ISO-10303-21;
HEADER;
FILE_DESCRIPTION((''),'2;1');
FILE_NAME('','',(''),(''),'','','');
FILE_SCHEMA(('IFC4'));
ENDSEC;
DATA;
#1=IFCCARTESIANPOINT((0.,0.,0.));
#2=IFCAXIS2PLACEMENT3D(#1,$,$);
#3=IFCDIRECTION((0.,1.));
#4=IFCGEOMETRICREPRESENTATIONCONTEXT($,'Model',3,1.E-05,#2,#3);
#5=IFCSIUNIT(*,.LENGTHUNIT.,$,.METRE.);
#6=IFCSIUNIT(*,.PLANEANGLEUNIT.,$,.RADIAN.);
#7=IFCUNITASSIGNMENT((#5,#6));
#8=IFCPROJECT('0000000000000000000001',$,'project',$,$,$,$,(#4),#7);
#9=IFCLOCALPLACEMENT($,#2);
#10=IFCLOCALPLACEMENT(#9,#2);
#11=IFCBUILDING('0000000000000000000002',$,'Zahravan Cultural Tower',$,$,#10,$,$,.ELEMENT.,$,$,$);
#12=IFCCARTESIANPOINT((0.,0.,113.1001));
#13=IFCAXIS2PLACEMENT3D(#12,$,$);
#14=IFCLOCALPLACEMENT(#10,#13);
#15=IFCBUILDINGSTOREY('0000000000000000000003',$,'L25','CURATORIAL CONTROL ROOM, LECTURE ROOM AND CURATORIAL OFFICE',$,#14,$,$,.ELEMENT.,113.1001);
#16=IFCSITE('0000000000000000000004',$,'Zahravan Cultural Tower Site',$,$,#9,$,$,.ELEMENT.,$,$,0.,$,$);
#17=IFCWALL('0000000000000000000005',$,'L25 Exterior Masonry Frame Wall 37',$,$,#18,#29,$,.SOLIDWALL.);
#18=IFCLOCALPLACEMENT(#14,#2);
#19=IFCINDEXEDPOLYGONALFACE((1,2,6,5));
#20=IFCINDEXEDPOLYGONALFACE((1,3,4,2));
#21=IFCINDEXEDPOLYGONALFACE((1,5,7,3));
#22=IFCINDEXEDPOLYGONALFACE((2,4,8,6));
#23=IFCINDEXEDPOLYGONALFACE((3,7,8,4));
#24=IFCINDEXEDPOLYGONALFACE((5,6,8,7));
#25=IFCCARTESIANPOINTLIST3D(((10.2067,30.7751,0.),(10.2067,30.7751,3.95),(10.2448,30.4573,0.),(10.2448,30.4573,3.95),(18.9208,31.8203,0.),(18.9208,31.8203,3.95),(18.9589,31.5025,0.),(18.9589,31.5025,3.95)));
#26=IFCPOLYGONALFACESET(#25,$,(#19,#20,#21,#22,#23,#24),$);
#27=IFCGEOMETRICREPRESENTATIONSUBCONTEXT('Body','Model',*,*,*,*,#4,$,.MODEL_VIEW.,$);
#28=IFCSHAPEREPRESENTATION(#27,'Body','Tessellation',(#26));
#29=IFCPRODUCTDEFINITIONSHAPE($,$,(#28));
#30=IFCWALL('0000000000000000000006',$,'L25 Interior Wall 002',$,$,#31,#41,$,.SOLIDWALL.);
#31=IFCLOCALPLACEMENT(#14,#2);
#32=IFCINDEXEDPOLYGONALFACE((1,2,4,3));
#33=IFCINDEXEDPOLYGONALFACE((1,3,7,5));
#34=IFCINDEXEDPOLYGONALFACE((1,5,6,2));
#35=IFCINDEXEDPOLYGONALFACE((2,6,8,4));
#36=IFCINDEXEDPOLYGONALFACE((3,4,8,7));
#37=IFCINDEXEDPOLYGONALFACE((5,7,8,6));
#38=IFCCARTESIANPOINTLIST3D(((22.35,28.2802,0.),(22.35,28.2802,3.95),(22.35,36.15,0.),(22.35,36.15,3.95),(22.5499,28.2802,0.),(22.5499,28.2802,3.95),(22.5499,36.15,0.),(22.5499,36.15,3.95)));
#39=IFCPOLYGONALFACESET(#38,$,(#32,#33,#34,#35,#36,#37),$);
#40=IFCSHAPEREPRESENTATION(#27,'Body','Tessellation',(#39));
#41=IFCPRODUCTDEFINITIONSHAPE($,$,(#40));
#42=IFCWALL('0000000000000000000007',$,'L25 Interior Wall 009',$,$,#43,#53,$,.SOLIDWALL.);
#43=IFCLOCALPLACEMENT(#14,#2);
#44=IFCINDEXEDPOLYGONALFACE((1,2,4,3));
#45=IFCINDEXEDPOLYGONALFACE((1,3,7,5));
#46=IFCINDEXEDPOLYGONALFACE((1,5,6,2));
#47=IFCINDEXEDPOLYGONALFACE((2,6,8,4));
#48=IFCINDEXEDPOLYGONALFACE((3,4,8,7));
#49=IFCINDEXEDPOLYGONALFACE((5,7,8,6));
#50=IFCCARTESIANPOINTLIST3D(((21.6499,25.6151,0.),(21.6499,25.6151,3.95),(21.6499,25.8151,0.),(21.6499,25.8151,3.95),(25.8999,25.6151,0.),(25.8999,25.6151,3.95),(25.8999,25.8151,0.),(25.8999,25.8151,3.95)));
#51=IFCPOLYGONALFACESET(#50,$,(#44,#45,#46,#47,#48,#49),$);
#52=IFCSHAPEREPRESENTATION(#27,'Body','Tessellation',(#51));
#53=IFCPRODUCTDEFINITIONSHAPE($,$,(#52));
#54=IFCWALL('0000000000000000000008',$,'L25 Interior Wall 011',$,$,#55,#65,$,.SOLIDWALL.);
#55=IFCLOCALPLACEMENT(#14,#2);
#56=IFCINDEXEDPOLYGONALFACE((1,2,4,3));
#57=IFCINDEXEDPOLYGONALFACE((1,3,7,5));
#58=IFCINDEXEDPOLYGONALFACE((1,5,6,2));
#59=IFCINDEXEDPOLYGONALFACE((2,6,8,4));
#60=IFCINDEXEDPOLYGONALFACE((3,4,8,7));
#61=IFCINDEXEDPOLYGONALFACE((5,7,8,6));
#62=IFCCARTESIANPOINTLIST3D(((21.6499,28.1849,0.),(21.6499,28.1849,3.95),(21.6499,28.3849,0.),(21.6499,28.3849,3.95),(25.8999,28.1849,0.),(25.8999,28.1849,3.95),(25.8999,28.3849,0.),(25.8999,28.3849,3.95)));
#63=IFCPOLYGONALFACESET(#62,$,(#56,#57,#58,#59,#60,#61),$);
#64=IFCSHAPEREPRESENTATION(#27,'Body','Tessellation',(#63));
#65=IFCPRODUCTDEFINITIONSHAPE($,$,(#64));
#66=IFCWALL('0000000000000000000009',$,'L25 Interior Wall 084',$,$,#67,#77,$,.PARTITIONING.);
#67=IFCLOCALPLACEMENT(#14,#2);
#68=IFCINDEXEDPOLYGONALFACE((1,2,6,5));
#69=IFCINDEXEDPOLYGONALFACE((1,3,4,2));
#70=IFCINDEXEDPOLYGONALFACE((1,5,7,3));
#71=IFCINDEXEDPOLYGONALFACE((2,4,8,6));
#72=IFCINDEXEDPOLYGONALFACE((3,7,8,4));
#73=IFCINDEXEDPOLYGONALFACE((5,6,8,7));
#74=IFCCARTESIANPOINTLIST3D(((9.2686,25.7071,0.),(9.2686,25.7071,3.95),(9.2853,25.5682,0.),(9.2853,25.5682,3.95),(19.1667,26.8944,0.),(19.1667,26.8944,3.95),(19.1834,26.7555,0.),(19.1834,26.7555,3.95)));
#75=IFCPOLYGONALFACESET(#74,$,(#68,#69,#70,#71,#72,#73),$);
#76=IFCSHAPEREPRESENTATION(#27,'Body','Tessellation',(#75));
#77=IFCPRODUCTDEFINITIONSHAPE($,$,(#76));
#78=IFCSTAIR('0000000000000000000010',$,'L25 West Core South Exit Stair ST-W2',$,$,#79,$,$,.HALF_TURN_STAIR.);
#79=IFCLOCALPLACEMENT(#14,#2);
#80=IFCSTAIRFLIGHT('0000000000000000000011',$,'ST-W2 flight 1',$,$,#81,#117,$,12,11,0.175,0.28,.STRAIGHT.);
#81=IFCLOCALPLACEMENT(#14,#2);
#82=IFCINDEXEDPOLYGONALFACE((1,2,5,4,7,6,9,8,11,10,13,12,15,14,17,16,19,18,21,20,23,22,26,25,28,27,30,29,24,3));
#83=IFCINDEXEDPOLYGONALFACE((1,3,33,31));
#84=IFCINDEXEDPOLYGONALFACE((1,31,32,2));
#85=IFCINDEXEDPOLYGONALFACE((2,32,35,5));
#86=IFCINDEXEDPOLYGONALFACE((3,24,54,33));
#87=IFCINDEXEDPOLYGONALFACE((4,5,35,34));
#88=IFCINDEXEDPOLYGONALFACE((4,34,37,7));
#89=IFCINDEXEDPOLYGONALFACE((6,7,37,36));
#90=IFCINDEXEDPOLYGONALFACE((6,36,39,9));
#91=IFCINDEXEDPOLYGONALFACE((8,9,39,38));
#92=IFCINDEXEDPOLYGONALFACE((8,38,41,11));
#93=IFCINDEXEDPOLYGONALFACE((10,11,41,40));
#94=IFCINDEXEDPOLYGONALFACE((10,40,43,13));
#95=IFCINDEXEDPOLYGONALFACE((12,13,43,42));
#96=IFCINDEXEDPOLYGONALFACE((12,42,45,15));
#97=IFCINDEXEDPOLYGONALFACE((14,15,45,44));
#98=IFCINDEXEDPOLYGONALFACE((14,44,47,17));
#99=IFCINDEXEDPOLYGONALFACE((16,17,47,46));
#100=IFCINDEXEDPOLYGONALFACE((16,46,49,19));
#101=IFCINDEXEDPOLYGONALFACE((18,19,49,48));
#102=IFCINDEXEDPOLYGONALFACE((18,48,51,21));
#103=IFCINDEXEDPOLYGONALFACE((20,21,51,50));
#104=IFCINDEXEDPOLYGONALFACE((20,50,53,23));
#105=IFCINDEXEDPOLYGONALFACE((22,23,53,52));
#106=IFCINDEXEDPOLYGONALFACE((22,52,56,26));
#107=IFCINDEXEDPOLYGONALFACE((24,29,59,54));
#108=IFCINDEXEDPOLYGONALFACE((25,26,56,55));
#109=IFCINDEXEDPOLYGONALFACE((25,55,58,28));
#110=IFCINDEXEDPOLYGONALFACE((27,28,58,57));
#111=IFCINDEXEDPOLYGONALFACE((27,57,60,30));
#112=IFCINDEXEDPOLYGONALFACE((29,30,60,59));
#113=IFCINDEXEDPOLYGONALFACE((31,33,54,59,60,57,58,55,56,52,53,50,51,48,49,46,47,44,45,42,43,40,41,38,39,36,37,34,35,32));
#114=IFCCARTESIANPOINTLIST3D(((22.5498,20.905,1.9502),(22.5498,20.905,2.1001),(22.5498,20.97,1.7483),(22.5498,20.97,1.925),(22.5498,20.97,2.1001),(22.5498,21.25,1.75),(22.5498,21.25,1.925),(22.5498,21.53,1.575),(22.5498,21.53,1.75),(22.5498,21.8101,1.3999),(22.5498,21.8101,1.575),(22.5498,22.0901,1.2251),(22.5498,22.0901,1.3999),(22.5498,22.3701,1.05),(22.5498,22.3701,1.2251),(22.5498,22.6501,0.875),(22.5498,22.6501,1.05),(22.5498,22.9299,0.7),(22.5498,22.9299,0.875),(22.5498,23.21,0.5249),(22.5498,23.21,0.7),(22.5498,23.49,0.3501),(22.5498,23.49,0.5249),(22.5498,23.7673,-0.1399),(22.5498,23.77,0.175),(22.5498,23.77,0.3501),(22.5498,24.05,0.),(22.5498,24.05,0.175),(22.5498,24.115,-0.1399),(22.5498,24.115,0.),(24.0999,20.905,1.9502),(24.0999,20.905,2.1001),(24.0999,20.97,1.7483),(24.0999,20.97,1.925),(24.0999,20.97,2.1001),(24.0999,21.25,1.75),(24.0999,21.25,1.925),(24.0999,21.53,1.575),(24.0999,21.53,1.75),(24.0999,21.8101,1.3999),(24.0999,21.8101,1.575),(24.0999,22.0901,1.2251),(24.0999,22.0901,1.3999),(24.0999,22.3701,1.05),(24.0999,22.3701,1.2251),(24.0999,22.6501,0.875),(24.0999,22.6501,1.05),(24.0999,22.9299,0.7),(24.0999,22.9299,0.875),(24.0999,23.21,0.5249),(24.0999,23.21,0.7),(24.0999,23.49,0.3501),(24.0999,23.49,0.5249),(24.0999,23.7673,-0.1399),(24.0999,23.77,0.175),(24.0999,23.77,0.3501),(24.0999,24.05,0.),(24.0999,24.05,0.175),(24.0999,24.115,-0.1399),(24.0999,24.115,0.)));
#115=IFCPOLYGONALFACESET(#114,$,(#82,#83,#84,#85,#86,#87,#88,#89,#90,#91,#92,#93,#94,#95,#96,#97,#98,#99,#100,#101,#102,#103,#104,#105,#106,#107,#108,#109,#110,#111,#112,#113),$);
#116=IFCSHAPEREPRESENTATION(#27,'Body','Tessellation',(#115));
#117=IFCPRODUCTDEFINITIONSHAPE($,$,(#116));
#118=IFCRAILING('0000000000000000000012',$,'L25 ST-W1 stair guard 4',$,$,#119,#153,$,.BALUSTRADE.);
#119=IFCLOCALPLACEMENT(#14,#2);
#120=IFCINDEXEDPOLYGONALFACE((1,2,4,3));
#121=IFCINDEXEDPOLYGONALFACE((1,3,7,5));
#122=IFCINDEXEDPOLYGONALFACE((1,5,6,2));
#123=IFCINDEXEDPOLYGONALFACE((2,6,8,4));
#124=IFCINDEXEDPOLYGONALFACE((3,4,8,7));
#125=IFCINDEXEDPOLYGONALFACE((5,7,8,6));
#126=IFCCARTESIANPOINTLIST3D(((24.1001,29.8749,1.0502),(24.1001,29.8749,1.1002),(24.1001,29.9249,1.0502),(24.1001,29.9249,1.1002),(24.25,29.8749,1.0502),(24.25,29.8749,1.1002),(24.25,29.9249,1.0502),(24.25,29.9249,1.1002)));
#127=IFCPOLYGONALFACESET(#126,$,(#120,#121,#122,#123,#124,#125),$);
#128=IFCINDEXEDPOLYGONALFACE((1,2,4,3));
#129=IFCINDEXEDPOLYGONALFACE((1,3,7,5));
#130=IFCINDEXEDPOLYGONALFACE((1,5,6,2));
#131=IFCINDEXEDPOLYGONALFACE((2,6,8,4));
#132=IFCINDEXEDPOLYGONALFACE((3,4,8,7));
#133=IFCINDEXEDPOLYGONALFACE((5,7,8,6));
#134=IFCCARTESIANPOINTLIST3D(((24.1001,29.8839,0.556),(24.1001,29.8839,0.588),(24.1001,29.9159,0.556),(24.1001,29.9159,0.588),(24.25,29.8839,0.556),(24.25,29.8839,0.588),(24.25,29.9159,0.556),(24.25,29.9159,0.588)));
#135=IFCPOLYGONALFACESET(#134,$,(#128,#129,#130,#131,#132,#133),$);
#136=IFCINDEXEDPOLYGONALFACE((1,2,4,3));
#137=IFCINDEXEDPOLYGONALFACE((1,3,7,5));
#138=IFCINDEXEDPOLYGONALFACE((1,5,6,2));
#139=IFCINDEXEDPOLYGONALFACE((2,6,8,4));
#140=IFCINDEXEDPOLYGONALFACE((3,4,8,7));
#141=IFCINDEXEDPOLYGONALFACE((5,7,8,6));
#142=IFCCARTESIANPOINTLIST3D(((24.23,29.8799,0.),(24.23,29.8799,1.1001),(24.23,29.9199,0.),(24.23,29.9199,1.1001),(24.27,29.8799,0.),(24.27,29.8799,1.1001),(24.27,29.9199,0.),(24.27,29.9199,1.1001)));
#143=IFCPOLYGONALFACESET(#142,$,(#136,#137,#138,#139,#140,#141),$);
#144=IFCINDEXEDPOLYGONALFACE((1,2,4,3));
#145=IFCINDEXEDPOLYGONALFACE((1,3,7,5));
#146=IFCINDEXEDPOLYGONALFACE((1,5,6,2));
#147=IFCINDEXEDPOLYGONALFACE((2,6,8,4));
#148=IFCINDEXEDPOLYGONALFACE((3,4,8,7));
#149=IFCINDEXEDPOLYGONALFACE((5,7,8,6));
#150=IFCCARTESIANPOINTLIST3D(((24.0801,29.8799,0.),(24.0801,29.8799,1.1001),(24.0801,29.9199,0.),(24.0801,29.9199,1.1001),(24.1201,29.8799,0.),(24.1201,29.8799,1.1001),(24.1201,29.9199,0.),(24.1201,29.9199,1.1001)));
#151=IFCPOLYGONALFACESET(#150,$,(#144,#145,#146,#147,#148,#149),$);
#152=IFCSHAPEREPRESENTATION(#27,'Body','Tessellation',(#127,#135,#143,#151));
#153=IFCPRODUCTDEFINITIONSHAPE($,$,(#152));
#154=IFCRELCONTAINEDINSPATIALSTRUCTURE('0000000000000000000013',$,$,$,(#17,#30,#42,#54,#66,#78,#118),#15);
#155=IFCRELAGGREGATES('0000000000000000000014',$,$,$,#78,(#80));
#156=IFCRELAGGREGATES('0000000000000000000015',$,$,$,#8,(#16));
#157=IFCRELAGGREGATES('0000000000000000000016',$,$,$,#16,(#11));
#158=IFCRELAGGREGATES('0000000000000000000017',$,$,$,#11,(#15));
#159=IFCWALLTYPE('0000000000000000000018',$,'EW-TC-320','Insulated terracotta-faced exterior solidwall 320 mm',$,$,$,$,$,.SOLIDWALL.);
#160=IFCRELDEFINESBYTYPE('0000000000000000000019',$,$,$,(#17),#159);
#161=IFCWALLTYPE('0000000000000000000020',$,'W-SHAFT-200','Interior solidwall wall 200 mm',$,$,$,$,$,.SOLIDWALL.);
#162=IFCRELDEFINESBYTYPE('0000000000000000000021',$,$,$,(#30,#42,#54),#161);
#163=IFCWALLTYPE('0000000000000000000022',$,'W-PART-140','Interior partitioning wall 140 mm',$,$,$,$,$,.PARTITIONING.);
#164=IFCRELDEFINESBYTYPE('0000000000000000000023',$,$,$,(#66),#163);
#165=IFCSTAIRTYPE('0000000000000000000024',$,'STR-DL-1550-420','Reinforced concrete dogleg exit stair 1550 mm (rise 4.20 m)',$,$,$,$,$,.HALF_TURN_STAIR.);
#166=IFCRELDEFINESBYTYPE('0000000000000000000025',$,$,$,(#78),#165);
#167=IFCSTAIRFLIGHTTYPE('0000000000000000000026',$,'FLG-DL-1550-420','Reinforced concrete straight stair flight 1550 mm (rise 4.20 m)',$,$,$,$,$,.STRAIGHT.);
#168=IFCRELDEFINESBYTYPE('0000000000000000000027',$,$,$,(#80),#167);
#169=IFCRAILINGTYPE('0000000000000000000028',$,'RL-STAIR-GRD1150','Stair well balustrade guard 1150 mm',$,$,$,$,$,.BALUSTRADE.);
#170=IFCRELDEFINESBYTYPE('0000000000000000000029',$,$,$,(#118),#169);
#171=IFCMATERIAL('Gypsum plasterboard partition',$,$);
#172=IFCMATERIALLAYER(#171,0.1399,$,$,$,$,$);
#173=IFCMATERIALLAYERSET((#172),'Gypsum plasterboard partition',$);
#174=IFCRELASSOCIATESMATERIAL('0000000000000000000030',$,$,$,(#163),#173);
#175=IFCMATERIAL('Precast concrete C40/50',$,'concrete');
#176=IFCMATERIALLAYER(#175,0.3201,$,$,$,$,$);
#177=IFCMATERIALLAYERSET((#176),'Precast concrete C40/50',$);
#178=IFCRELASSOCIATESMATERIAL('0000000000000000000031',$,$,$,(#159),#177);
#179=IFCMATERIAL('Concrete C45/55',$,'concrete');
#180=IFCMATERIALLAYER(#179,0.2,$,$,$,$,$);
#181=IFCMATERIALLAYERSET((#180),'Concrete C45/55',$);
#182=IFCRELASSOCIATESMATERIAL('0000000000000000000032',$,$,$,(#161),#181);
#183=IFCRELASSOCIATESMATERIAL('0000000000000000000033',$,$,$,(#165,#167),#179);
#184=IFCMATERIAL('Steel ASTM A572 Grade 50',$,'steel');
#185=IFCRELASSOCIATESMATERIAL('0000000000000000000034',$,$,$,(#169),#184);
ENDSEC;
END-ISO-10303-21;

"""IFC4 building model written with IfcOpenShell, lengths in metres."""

from ifc_helpers import new_model, si_unit, direction, frame, frame_2d, origin, origin_2d, place, context, subcontext, project, spatial, polyline, rectangle, outline, extrude, source, transform, mapped, material, layer, layer_set, type_object, element, aggregate, save


model = new_model("IFC4")

# Units and contexts
model_context = context("Model", 3, precision=1e-05, world=origin(), true_north=direction((0.0, 1.0)))
body_context = subcontext(model_context, "Body", "Model", "MODEL_VIEW")
ifc_project = project(units=[si_unit("LENGTHUNIT", "METRE"), si_unit("PLANEANGLEUNIT", "RADIAN")], contexts=[model_context])

# Site, building, storey
site_placement = place(None, origin())
site = spatial("IfcSite", under=ifc_project, at=site_placement, Name="Zahravan Cultural Tower Site", CompositionType="ELEMENT", RefElevation=0.0)
building_placement = place(site_placement, origin())
building = spatial("IfcBuilding", under=site, at=building_placement, Name="Zahravan Cultural Tower", CompositionType="ELEMENT")
storey_placement = place(building_placement, frame((0.0, 0.0, 113.1001)))
storey = spatial("IfcBuildingStorey", under=building, at=storey_placement, Name="L25", Description="CURATORIAL CONTROL ROOM, LECTURE ROOM AND CURATORIAL OFFICE", CompositionType="ELEMENT", Elevation=113.1001)

# Shared definitions
ifc_material_1 = material(Name="Gypsum plasterboard partition")
ifc_layer_1 = layer(ifc_material_1, 0.1399)
ifc_layer_set_1 = layer_set([ifc_layer_1], Name="Gypsum plasterboard partition")
wall_type_1 = type_object("IfcWallType", Name="W-PART-140", Description="Interior partitioning wall 140 mm", PredefinedType="PARTITIONING", material=ifc_layer_set_1)

# Walls
ifc_material_2 = material(Name="Precast concrete C40/50", Category="concrete")
ifc_layer_2 = layer(ifc_material_2, 0.3201)
ifc_layer_set_2 = layer_set([ifc_layer_2], Name="Precast concrete C40/50")
wall_type_2 = type_object("IfcWallType", Name="EW-TC-320", Description="Insulated terracotta-faced exterior solidwall 320 mm", PredefinedType="SOLIDWALL", material=ifc_layer_set_2)
shared_shape_1 = source(origin(), body_context, "Body", "SweptSolid", [
    extrude(rectangle(XDim=8.7766, YDim=0.3201, at=frame_2d((4.3882, 0.0))), origin(), (0.0, 0.0, 1.0), 3.95),
])
wall_1_placement = place(storey_placement, frame((10.2258, 30.6162, 0.0), z_axis=(0.0, 0.0, 1.0), x_axis=(0.992884, 0.119086, 0.0)))
element("IfcWall", 1, at=wall_1_placement, inside=storey, type_object=wall_type_2, Name="L25 Exterior Masonry Frame Wall 37", PredefinedType="SOLIDWALL", context=body_context, shape_type="MappedRepresentation", body=[
    mapped(shared_shape_1, transform((0.0, 0.0, 0.0), x_axis=(1.0, 0.0, 0.0), y_axis=(0.0, 1.0, 0.0), z_axis=(0.0, 0.0, 1.0), scale=1.0)),
])
ifc_material_3 = material(Name="Concrete C45/55", Category="concrete")
ifc_layer_3 = layer(ifc_material_3, 0.2)
ifc_layer_set_3 = layer_set([ifc_layer_3], Name="Concrete C45/55")
wall_type_3 = type_object("IfcWallType", Name="W-SHAFT-200", Description="Interior solidwall wall 200 mm", PredefinedType="SOLIDWALL", material=ifc_layer_set_3)
shared_shape_2 = source(origin(), body_context, "Body", "SweptSolid", [
    extrude(rectangle(XDim=7.8699, YDim=0.2, at=frame_2d((3.9351, 0.0))), origin(), (0.0, 0.0, 1.0), 3.95),
])
wall_2_placement = place(storey_placement, frame((22.45, 28.28, 0.0), z_axis=(0.0, 0.0, 1.0), x_axis=(0.0, 1.0, 0.0)))
element("IfcWall", 2, at=wall_2_placement, inside=storey, type_object=wall_type_3, Name="L25 Interior Wall 002", PredefinedType="SOLIDWALL", context=body_context, shape_type="MappedRepresentation", body=[
    mapped(shared_shape_2, transform((0.0, 0.0, 0.0), x_axis=(1.0, 0.0, 0.0), y_axis=(0.0, 1.0, 0.0), z_axis=(0.0, 0.0, 1.0), scale=1.0)),
])
shared_shape_3 = source(origin(), body_context, "Body", "SweptSolid", [
    extrude(rectangle(XDim=4.25, YDim=0.2, at=frame_2d((2.125, 0.0))), origin(), (0.0, 0.0, 1.0), 3.95),
])
for number, where, z_axis, x_axis, name in (
    (3, (21.6499, 25.7151, 0.0), (0.0, 0.0, 1.0), (1.0, 0.0, 0.0), "L25 Interior Wall 009"),
    (4, (21.6499, 28.2849, 0.0), (0.0, 0.0, 1.0), (1.0, 0.0, 0.0), "L25 Interior Wall 011"),
):
    element("IfcWall", number, at=place(storey_placement, frame(where, z_axis=z_axis, x_axis=x_axis)), inside=storey, type_object=wall_type_3, Name=name, PredefinedType="SOLIDWALL", context=body_context, shape_type="MappedRepresentation", body=[
        mapped(shared_shape_3, transform((0.0, 0.0, 0.0), x_axis=(1.0, 0.0, 0.0), y_axis=(0.0, 1.0, 0.0), z_axis=(0.0, 0.0, 1.0), scale=1.0)),
    ])
shared_shape_4 = source(origin(), body_context, "Body", "SweptSolid", [
    extrude(rectangle(XDim=9.969, YDim=0.1399, at=frame_2d((4.9844, 0.0))), origin(), (0.0, 0.0, 1.0), 3.95),
])
wall_3_placement = place(storey_placement, frame((9.2771, 25.6377, 0.0), z_axis=(0.0, 0.0, 1.0), x_axis=(0.992883, 0.119096, 0.0)))
element("IfcWall", 5, at=wall_3_placement, inside=storey, type_object=wall_type_1, Name="L25 Interior Wall 084", PredefinedType="PARTITIONING", context=body_context, shape_type="MappedRepresentation", body=[
    mapped(shared_shape_4, transform((0.0, 0.0, 0.0), x_axis=(1.0, 0.0, 0.0), y_axis=(0.0, 1.0, 0.0), z_axis=(0.0, 0.0, 1.0), scale=1.0)),
])

# Stair, stair flight
stair_type = type_object("IfcStairType", Name="STR-DL-1550-420", Description="Reinforced concrete dogleg exit stair 1550 mm (rise 4.20 m)", PredefinedType="HALF_TURN_STAIR", material=ifc_material_3)
stair_placement = place(storey_placement, origin())
stair = element("IfcStair", 6, at=stair_placement, inside=storey, type_object=stair_type, Name="L25 West Core South Exit Stair ST-W2", PredefinedType="HALF_TURN_STAIR")
stair_flight_type = type_object("IfcStairFlightType", Name="FLG-DL-1550-420", Description="Reinforced concrete straight stair flight 1550 mm (rise 4.20 m)", PredefinedType="STRAIGHT", material=ifc_material_3)
stair_flight_placement = place(storey_placement, frame((23.325, 24.05, 0.0), z_axis=(0.0, 0.0, 1.0), x_axis=(0.0, -1.0, 0.0)))
stair_flight = element("IfcStairFlight", 7, at=stair_flight_placement, type_object=stair_flight_type, Name="ST-W2 flight 1", NumberOfRisers=12, NumberOfTreads=11, PredefinedType="STRAIGHT", RiserHeight=0.175, TreadLength=0.28, context=body_context, shape_type="SweptSolid", body=[
    extrude(outline(polyline([(-0.0649, -0.1399), (-0.0649, 0.0), (0.0, 0.0), (0.0, 0.175), (0.28, 0.175), (0.28, 0.3501), (0.5601, 0.3501), (0.5601, 0.5249), (0.8401, 0.5249), (0.8401, 0.7), (1.1201, 0.7), (1.1201, 0.875), (1.3999, 0.875), (1.3999, 1.05), (1.6799, 1.05), (1.6799, 1.2251), (1.96, 1.2251), (1.96, 1.3999), (2.24, 1.3999), (2.24, 1.575), (2.52, 1.575), (2.52, 1.75), (2.8, 1.75), (2.8, 1.925), (3.0801, 1.925), (3.0801, 2.1001), (3.145, 2.1001), (3.145, 1.9502), (3.0801, 1.7483), (0.2827, -0.1399), (-0.0649, -0.1399)])), frame((0.0, 0.7749, 0.0), z_axis=(0.0, -1.0, 0.0), x_axis=(1.0, 0.0, 0.0)), (0.0, 0.0, 1.0), 1.55),
])
aggregate(stair, [stair_flight])

# Railing
ifc_material_4 = material(Name="Steel ASTM A572 Grade 50", Category="steel")
railing_type_1 = type_object("IfcRailingType", Name="RL-STAIR-GRD1150", Description="Stair well balustrade guard 1150 mm", PredefinedType="BALUSTRADE", material=ifc_material_4)
railing_1_placement = place(storey_placement, frame((24.25, 29.8999, 0.0)))
element("IfcRailing", 8, at=railing_1_placement, inside=storey, type_object=railing_type_1, Name="L25 ST-W1 stair guard 4", PredefinedType="BALUSTRADE", context=body_context, shape_type="SweptSolid", body=[
    extrude(rectangle(XDim=0.05, YDim=0.05, at=origin_2d()), frame((0.0, 0.0, 1.0752), z_axis=(-1.0, 0.0, 0.0), x_axis=(0.0, -1.0, 0.0)), (0.0, 0.0, 1.0), 0.1499),
    extrude(rectangle(XDim=0.032, YDim=0.032, at=origin_2d()), frame((0.0, 0.0, 0.572), z_axis=(-1.0, 0.0, 0.0), x_axis=(0.0, -1.0, 0.0)), (0.0, 0.0, 1.0), 0.1499),
    extrude(rectangle(XDim=0.04, YDim=0.04, at=origin_2d()), origin(), (0.0, 0.0, 1.0), 1.1001),
    extrude(rectangle(XDim=0.04, YDim=0.04, at=origin_2d()), frame((-0.1499, 0.0, 0.0)), (0.0, 0.0, 1.0), 1.1001),
])

save(model, "model.ifc")
